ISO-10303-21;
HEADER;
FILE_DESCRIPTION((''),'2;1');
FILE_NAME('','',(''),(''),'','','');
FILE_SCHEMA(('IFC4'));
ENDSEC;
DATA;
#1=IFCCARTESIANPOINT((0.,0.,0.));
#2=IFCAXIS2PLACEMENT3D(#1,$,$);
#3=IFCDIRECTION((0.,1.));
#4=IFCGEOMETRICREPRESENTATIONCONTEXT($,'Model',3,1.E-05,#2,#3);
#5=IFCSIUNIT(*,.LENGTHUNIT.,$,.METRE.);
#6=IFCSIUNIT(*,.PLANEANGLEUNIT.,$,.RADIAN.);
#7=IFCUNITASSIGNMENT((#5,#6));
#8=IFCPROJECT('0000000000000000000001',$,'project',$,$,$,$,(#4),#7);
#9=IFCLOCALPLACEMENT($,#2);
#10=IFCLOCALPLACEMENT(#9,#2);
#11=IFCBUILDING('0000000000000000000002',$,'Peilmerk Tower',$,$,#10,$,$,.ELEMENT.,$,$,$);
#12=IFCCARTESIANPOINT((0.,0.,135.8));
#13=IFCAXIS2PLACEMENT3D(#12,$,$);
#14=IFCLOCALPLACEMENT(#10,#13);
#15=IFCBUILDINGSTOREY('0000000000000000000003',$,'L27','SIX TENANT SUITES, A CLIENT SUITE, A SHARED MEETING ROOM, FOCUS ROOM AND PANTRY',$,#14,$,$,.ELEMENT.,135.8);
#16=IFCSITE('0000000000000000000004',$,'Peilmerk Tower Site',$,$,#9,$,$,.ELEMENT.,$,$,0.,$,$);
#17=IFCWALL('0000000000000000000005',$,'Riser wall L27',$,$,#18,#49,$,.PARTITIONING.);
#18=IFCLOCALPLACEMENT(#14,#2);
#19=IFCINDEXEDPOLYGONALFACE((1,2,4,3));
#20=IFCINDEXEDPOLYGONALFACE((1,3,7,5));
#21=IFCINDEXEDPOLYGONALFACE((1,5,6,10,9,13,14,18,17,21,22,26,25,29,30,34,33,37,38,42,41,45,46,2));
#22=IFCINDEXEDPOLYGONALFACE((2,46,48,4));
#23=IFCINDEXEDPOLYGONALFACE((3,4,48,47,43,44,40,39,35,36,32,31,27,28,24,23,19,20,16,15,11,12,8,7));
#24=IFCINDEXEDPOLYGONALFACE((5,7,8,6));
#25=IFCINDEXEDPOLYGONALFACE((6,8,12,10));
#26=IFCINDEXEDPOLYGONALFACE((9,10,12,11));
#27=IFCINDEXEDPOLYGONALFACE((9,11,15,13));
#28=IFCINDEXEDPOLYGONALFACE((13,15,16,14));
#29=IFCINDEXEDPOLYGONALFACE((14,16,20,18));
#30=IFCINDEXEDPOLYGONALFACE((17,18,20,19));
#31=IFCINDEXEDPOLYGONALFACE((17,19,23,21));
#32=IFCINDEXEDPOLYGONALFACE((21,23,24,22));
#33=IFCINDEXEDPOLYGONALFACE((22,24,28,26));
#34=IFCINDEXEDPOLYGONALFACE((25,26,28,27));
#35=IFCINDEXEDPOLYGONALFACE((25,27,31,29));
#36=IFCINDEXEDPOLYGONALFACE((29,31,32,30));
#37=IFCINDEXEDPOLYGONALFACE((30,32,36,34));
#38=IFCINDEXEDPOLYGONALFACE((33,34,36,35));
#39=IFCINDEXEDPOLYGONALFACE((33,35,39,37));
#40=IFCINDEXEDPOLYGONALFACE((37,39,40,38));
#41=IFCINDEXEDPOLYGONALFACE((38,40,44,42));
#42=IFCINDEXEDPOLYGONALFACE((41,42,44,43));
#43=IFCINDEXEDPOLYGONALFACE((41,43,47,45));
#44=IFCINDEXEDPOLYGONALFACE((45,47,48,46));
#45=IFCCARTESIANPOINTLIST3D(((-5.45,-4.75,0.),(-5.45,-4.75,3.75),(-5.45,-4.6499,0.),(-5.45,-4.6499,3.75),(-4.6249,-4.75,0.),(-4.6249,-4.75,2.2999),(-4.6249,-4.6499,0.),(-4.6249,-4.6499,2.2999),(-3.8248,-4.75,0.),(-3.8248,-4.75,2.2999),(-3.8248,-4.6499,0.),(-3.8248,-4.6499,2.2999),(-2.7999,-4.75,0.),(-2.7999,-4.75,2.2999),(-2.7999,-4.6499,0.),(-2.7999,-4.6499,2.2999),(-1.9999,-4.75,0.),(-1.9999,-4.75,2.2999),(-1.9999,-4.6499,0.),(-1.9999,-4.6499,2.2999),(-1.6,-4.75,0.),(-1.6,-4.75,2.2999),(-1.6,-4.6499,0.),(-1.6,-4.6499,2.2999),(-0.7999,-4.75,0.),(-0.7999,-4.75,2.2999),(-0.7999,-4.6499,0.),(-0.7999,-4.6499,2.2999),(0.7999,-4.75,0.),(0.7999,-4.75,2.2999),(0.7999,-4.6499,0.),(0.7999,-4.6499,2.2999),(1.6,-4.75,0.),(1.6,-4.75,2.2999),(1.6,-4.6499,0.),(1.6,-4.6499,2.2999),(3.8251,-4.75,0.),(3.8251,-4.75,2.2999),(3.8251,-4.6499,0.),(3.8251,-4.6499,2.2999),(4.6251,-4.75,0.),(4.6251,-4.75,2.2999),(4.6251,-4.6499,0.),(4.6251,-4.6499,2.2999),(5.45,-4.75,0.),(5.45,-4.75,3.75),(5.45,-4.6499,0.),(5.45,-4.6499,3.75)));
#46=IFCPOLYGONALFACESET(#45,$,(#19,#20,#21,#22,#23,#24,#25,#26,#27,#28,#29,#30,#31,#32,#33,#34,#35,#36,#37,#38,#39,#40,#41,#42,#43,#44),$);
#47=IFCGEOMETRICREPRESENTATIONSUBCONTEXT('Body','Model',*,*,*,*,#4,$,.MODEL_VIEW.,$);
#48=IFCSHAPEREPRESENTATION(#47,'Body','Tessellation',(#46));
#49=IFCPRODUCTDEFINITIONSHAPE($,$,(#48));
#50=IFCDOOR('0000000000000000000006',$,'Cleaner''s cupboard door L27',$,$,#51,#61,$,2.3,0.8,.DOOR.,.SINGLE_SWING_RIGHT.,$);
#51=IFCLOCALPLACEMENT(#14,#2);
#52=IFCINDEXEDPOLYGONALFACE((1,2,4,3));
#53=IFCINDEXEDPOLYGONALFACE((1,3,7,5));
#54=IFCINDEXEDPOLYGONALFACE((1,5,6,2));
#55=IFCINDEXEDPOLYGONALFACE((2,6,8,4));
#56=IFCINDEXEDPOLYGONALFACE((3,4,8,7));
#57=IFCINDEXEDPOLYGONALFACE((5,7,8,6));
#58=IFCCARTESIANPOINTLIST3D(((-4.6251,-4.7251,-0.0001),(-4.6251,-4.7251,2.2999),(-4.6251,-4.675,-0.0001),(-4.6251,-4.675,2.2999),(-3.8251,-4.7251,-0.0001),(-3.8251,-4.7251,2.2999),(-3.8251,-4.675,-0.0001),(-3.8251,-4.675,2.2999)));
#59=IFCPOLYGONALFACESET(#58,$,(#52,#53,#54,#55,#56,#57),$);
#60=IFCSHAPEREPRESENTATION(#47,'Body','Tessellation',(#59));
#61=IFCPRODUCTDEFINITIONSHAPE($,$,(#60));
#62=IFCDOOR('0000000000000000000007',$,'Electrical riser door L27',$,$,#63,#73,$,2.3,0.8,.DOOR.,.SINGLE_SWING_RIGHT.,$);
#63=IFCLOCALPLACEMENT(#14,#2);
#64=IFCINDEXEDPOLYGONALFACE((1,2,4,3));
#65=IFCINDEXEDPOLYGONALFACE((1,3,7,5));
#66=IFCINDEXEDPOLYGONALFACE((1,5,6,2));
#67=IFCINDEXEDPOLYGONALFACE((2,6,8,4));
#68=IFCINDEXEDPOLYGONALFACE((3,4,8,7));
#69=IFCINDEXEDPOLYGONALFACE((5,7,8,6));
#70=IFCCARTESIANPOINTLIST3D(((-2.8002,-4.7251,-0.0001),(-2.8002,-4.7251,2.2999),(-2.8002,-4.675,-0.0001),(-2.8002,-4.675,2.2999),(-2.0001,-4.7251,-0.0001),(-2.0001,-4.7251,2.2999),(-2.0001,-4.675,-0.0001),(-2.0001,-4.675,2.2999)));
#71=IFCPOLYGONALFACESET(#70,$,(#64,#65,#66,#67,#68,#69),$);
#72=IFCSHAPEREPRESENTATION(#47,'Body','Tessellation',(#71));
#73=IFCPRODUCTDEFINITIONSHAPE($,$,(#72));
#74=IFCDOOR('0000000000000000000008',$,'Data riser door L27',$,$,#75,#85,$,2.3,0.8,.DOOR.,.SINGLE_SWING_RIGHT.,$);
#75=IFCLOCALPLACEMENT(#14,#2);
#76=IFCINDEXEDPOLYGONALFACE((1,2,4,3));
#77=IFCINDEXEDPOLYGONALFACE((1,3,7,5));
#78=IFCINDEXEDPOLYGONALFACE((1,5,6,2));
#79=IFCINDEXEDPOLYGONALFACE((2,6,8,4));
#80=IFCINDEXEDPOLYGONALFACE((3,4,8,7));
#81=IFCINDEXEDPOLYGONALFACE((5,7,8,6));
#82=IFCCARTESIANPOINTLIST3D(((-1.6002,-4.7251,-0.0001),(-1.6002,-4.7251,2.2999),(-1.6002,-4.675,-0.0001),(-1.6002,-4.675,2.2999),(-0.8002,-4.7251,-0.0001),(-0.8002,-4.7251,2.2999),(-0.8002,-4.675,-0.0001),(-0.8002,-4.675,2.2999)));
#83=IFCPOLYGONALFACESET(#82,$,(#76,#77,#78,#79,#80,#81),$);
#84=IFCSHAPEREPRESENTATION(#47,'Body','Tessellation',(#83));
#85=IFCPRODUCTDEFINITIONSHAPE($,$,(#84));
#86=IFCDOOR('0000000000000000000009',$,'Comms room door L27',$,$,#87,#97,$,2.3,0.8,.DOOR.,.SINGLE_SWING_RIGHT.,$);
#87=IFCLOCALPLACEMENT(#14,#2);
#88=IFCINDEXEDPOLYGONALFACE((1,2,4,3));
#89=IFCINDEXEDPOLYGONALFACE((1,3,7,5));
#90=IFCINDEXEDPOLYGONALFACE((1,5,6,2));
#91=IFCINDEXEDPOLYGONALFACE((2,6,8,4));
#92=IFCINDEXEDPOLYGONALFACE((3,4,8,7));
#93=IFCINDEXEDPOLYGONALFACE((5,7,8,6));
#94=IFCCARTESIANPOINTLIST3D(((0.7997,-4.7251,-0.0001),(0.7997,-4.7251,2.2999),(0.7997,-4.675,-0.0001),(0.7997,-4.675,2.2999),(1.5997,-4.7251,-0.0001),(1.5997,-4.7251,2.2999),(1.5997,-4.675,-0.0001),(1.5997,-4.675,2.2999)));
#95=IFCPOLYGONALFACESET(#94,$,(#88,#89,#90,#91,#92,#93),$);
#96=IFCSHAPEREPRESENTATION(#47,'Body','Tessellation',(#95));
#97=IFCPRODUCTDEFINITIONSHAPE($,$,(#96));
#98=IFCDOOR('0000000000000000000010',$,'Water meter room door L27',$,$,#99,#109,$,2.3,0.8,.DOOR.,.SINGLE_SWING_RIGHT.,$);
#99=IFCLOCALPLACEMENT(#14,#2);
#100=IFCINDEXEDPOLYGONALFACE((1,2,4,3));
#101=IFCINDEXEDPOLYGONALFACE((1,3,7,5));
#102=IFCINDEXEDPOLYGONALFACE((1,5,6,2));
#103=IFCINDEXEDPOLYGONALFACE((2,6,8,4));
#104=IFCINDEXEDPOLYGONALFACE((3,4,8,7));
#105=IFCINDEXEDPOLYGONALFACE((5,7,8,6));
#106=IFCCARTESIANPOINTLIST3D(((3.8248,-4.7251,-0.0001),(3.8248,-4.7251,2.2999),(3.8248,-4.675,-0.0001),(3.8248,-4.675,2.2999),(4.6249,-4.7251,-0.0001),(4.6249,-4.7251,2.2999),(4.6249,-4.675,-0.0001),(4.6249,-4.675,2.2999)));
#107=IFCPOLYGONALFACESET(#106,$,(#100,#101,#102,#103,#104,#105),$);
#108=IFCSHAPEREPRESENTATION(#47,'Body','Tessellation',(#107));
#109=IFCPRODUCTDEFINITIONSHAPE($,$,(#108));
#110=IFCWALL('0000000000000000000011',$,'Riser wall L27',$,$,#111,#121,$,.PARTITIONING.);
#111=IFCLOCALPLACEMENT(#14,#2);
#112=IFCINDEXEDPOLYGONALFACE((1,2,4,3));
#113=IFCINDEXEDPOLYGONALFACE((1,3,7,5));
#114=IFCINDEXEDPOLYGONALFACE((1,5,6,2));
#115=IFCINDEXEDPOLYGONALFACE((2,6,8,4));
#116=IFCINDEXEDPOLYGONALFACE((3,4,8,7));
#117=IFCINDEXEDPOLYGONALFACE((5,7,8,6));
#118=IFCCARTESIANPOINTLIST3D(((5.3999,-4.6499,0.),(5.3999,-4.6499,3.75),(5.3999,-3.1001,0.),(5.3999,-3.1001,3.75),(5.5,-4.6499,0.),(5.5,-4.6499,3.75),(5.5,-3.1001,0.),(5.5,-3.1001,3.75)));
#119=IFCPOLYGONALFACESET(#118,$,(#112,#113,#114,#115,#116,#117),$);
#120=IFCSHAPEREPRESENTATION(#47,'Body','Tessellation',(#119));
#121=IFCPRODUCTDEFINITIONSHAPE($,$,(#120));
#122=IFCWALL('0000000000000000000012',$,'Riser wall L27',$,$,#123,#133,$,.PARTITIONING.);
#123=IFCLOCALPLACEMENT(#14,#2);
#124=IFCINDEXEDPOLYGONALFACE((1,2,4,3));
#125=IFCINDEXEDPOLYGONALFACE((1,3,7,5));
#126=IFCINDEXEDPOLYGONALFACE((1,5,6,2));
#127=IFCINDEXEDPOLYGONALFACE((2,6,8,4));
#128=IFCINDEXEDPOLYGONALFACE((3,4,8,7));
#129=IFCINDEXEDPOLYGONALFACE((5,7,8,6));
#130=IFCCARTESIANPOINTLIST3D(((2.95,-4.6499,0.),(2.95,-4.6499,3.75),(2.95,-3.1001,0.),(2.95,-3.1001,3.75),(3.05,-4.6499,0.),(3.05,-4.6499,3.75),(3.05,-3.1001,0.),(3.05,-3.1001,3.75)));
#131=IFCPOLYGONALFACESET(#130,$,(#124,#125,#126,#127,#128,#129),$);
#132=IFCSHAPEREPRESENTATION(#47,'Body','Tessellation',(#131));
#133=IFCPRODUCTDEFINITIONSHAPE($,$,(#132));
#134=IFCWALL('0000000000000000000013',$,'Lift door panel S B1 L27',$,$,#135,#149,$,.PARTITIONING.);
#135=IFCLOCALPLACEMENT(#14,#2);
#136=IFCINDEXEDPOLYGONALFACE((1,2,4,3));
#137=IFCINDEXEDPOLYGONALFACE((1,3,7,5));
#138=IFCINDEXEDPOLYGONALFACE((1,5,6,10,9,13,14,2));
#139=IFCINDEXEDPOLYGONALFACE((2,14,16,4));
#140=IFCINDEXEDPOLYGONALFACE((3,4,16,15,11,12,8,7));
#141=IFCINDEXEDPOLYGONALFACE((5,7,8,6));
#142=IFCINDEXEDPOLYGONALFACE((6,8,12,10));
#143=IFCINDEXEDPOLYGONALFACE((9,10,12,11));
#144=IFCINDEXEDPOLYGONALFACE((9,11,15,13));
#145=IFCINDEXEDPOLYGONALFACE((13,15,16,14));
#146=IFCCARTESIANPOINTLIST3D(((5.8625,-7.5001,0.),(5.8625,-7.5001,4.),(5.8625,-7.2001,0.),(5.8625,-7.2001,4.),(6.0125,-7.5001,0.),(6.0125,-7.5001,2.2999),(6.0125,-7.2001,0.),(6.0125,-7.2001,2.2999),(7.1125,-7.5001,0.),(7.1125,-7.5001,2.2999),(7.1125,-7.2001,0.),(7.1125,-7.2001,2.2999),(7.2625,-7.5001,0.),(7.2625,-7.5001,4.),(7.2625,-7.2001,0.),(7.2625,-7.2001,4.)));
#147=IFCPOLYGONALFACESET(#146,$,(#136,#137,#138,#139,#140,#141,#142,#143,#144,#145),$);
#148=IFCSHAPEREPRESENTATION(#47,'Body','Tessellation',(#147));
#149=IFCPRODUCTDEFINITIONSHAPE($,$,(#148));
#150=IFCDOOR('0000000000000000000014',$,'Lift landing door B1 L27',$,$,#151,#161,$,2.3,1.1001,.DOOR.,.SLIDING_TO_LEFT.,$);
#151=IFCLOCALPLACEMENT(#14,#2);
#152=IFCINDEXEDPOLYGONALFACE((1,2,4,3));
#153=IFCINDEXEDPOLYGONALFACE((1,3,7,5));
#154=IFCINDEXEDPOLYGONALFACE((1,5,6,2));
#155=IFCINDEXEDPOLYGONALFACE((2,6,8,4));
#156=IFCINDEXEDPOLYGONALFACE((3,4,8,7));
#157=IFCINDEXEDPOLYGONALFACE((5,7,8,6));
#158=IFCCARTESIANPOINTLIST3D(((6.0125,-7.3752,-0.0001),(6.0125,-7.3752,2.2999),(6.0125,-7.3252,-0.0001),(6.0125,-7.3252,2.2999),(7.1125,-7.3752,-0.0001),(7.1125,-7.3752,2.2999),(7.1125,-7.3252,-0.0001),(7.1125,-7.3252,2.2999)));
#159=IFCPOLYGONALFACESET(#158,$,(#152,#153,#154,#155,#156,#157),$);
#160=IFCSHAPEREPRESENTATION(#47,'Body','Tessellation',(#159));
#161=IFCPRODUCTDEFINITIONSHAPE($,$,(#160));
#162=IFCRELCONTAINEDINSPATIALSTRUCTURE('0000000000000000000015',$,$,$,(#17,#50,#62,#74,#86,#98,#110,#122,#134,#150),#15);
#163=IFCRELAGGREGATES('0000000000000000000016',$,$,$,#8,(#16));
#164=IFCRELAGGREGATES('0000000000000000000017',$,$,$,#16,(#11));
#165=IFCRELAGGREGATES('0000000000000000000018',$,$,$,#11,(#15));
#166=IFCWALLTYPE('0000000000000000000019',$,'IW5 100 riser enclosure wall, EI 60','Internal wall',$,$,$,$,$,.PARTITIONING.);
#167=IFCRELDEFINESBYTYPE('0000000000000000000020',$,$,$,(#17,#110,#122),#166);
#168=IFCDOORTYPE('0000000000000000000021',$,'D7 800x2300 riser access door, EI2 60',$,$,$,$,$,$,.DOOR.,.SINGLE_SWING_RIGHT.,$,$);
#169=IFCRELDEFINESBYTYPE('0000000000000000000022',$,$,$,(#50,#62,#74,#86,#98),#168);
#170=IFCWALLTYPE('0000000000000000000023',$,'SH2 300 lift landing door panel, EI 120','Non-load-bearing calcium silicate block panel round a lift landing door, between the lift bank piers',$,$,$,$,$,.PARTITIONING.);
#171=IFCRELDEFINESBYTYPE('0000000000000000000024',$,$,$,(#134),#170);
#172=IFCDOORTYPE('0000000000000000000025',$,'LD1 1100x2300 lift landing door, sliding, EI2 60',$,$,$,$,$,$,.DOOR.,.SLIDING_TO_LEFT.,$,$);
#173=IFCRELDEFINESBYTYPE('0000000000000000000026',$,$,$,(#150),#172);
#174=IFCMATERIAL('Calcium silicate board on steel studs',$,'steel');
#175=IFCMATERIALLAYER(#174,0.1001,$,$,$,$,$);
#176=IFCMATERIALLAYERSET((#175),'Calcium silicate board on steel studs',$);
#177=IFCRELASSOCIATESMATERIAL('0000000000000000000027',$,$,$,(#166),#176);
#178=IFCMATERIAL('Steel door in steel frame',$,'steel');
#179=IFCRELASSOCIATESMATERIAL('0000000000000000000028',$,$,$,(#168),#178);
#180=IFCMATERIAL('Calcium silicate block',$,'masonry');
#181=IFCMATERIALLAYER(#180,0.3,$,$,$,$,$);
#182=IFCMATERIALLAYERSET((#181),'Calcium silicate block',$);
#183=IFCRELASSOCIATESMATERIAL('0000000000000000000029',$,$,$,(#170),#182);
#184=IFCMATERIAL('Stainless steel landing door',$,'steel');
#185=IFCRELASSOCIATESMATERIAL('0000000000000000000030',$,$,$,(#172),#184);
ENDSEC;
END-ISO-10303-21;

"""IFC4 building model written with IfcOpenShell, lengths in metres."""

from ifc_helpers import new_model, si_unit, direction, frame, frame_2d, origin, place, context, subcontext, project, spatial, rectangle, extrude, material, layer, layer_set, type_object, element, fill, save


model = new_model("IFC4")

# Units and contexts
model_context = context("Model", 3, precision=1e-05, world=origin(), true_north=direction((0.0, 1.0)))
body_context = subcontext(model_context, "Body", "Model", "MODEL_VIEW")
ifc_project = project(units=[si_unit("LENGTHUNIT", "METRE"), si_unit("PLANEANGLEUNIT", "RADIAN")], contexts=[model_context])

# Site, building, storey
site_placement = place(None, origin())
site = spatial("IfcSite", under=ifc_project, at=site_placement, Name="Peilmerk Tower Site", CompositionType="ELEMENT", RefElevation=0.0)
building_placement = place(site_placement, origin())
building = spatial("IfcBuilding", under=site, at=building_placement, Name="Peilmerk Tower", CompositionType="ELEMENT")
storey_placement = place(building_placement, frame((0.0, 0.0, 135.8)))
storey = spatial("IfcBuildingStorey", under=building, at=storey_placement, Name="L27", Description="SIX TENANT SUITES, A CLIENT SUITE, A SHARED MEETING ROOM, FOCUS ROOM AND PANTRY", CompositionType="ELEMENT", Elevation=135.8)

# Shared definitions
ifc_material_1 = material(Name="Steel door in steel frame", Category="steel")

# Shared definitions
ifc_material_2 = material(Name="Calcium silicate board on steel studs", Category="steel")
ifc_layer_1 = layer(ifc_material_2, 0.1001)
ifc_layer_set_1 = layer_set([ifc_layer_1], Name="Calcium silicate board on steel studs")
wall_type_1 = type_object("IfcWallType", Name="IW5 100 riser enclosure wall, EI 60", Description="Internal wall", PredefinedType="PARTITIONING", material=ifc_layer_set_1)

# Wall, openings, doors
wall_1_placement = place(storey_placement, frame((5.45, -4.7, 0.0), z_axis=(0.0, 0.0, 1.0), x_axis=(-1.0, 0.0, 0.0)))
wall_1 = element("IfcWall", 1, at=wall_1_placement, inside=storey, type_object=wall_type_1, Name="Riser wall L27", PredefinedType="PARTITIONING", context=body_context, shape_type="SweptSolid", body=[
    extrude(rectangle(XDim=10.8999, YDim=0.1001, at=frame_2d((5.45, 0.0))), origin(), (0.0, 0.0, 1.0), 3.75),
])
opening_1_placement = place(wall_1_placement, frame((9.2749, 0.0, 0.0)))
opening_1 = element("IfcOpeningElement", 2, at=opening_1_placement, cuts=wall_1, PredefinedType="OPENING", context=body_context, shape_type="SweptSolid", body=[
    extrude(rectangle(XDim=0.8, YDim=2.3, at=frame_2d((0.3999, 1.1499))), frame((0.0, 0.0601, 0.0), z_axis=(0.0, -1.0, 0.0), x_axis=(1.0, 0.0, 0.0)), (0.0, 0.0, 1.0), 0.1201),
])
opening_2_placement = place(wall_1_placement, frame((7.45, 0.0, 0.0)))
opening_2 = element("IfcOpeningElement", 3, at=opening_2_placement, cuts=wall_1, PredefinedType="OPENING", context=body_context, shape_type="SweptSolid", body=[
    extrude(rectangle(XDim=0.8, YDim=2.3, at=frame_2d((0.3999, 1.1499))), frame((0.0, 0.0601, 0.0), z_axis=(0.0, -1.0, 0.0), x_axis=(1.0, 0.0, 0.0)), (0.0, 0.0, 1.0), 0.1201),
])
opening_3_placement = place(wall_1_placement, frame((6.25, 0.0, 0.0)))
opening_3 = element("IfcOpeningElement", 4, at=opening_3_placement, cuts=wall_1, PredefinedType="OPENING", context=body_context, shape_type="SweptSolid", body=[
    extrude(rectangle(XDim=0.8, YDim=2.3, at=frame_2d((0.3999, 1.1499))), frame((0.0, 0.0601, 0.0), z_axis=(0.0, -1.0, 0.0), x_axis=(1.0, 0.0, 0.0)), (0.0, 0.0, 1.0), 0.1201),
])
opening_4_placement = place(wall_1_placement, frame((3.8501, 0.0, 0.0)))
opening_4 = element("IfcOpeningElement", 5, at=opening_4_placement, cuts=wall_1, PredefinedType="OPENING", context=body_context, shape_type="SweptSolid", body=[
    extrude(rectangle(XDim=0.8, YDim=2.3, at=frame_2d((0.3999, 1.1499))), frame((0.0, 0.0601, 0.0), z_axis=(0.0, -1.0, 0.0), x_axis=(1.0, 0.0, 0.0)), (0.0, 0.0, 1.0), 0.1201),
])
opening_5_placement = place(wall_1_placement, frame((0.825, 0.0, 0.0)))
opening_5 = element("IfcOpeningElement", 6, at=opening_5_placement, cuts=wall_1, PredefinedType="OPENING", context=body_context, shape_type="SweptSolid", body=[
    extrude(rectangle(XDim=0.8, YDim=2.3, at=frame_2d((0.3999, 1.1499))), frame((0.0, 0.0601, 0.0), z_axis=(0.0, -1.0, 0.0), x_axis=(1.0, 0.0, 0.0)), (0.0, 0.0, 1.0), 0.1201),
])
door_type_1 = type_object("IfcDoorType", Name="D7 800x2300 riser access door, EI2 60", OperationType="SINGLE_SWING_RIGHT", PredefinedType="DOOR", material=ifc_material_1)
door_1_placement = place(opening_1_placement, frame((0.8, 0.0, 0.0), z_axis=(0.0, 0.0, 1.0), x_axis=(-1.0, 0.0, 0.0)))
door_1 = element("IfcDoor", 7, at=door_1_placement, inside=storey, type_object=door_type_1, Name="Cleaner's cupboard door L27", OperationType="SINGLE_SWING_RIGHT", OverallHeight=2.3, OverallWidth=0.8, PredefinedType="DOOR", context=body_context, shape_type="SweptSolid", body=[
    extrude(rectangle(XDim=0.8, YDim=2.3, at=frame_2d((0.3999, 1.1499))), frame((0.0, 0.0249, 0.0), z_axis=(0.0, -1.0, 0.0), x_axis=(1.0, 0.0, 0.0)), (0.0, 0.0, 1.0), 0.05),
])
fill(opening_1, door_1)
door_2_placement = place(opening_2_placement, frame((0.8, 0.0, 0.0), z_axis=(0.0, 0.0, 1.0), x_axis=(-1.0, 0.0, 0.0)))
door_2 = element("IfcDoor", 8, at=door_2_placement, inside=storey, type_object=door_type_1, Name="Electrical riser door L27", OperationType="SINGLE_SWING_RIGHT", OverallHeight=2.3, OverallWidth=0.8, PredefinedType="DOOR", context=body_context, shape_type="SweptSolid", body=[
    extrude(rectangle(XDim=0.8, YDim=2.3, at=frame_2d((0.3999, 1.1499))), frame((0.0, 0.0249, 0.0), z_axis=(0.0, -1.0, 0.0), x_axis=(1.0, 0.0, 0.0)), (0.0, 0.0, 1.0), 0.05),
])
fill(opening_2, door_2)
door_3_placement = place(opening_3_placement, frame((0.8, 0.0, 0.0), z_axis=(0.0, 0.0, 1.0), x_axis=(-1.0, 0.0, 0.0)))
door_3 = element("IfcDoor", 9, at=door_3_placement, inside=storey, type_object=door_type_1, Name="Data riser door L27", OperationType="SINGLE_SWING_RIGHT", OverallHeight=2.3, OverallWidth=0.8, PredefinedType="DOOR", context=body_context, shape_type="SweptSolid", body=[
    extrude(rectangle(XDim=0.8, YDim=2.3, at=frame_2d((0.3999, 1.1499))), frame((0.0, 0.0249, 0.0), z_axis=(0.0, -1.0, 0.0), x_axis=(1.0, 0.0, 0.0)), (0.0, 0.0, 1.0), 0.05),
])
fill(opening_3, door_3)
door_4_placement = place(opening_4_placement, frame((0.8, 0.0, 0.0), z_axis=(0.0, 0.0, 1.0), x_axis=(-1.0, 0.0, 0.0)))
door_4 = element("IfcDoor", 10, at=door_4_placement, inside=storey, type_object=door_type_1, Name="Comms room door L27", OperationType="SINGLE_SWING_RIGHT", OverallHeight=2.3, OverallWidth=0.8, PredefinedType="DOOR", context=body_context, shape_type="SweptSolid", body=[
    extrude(rectangle(XDim=0.8, YDim=2.3, at=frame_2d((0.3999, 1.1499))), frame((0.0, 0.0249, 0.0), z_axis=(0.0, -1.0, 0.0), x_axis=(1.0, 0.0, 0.0)), (0.0, 0.0, 1.0), 0.05),
])
fill(opening_4, door_4)
door_5_placement = place(opening_5_placement, frame((0.8, 0.0, 0.0), z_axis=(0.0, 0.0, 1.0), x_axis=(-1.0, 0.0, 0.0)))
door_5 = element("IfcDoor", 11, at=door_5_placement, inside=storey, type_object=door_type_1, Name="Water meter room door L27", OperationType="SINGLE_SWING_RIGHT", OverallHeight=2.3, OverallWidth=0.8, PredefinedType="DOOR", context=body_context, shape_type="SweptSolid", body=[
    extrude(rectangle(XDim=0.8, YDim=2.3, at=frame_2d((0.3999, 1.1499))), frame((0.0, 0.0249, 0.0), z_axis=(0.0, -1.0, 0.0), x_axis=(1.0, 0.0, 0.0)), (0.0, 0.0, 1.0), 0.05),
])
fill(opening_5, door_5)

# Walls
for number, where, z_axis, x_axis, name in (
    (12, (5.45, -3.1001, 0.0), (0.0, 0.0, 1.0), (0.0, -1.0, 0.0), "Riser wall L27"),
    (13, (3.0, -3.1001, 0.0), (0.0, 0.0, 1.0), (0.0, -1.0, 0.0), "Riser wall L27"),
):
    element("IfcWall", number, at=place(storey_placement, frame(where, z_axis=z_axis, x_axis=x_axis)), inside=storey, type_object=wall_type_1, Name=name, PredefinedType="PARTITIONING", context=body_context, shape_type="SweptSolid", body=[
        extrude(rectangle(XDim=1.5498, YDim=0.1001, at=frame_2d((0.7749, 0.0))), origin(), (0.0, 0.0, 1.0), 3.75),
    ])

# Wall, opening, door
ifc_material_3 = material(Name="Calcium silicate block", Category="masonry")
ifc_layer_2 = layer(ifc_material_3, 0.3)
ifc_layer_set_2 = layer_set([ifc_layer_2], Name="Calcium silicate block")
wall_type_2 = type_object("IfcWallType", Name="SH2 300 lift landing door panel, EI 120", Description="Non-load-bearing calcium silicate block panel round a lift landing door, between the lift bank piers", PredefinedType="PARTITIONING", material=ifc_layer_set_2)
wall_2_placement = place(storey_placement, frame((5.8625, -7.3501, 0.0), z_axis=(0.0, 0.0, 1.0), x_axis=(1.0, 0.0, 0.0)))
wall_2 = element("IfcWall", 14, at=wall_2_placement, inside=storey, type_object=wall_type_2, Name="Lift door panel S B1 L27", PredefinedType="PARTITIONING", context=body_context, shape_type="SweptSolid", body=[
    extrude(rectangle(XDim=1.3999, YDim=0.3, at=frame_2d((0.7, 0.0))), origin(), (0.0, 0.0, 1.0), 4.0),
])
opening_6_placement = place(wall_2_placement, frame((0.1499, 0.0, 0.0)))
opening_6 = element("IfcOpeningElement", 15, at=opening_6_placement, cuts=wall_2, PredefinedType="OPENING", context=body_context, shape_type="SweptSolid", body=[
    extrude(rectangle(XDim=1.1001, YDim=2.3, at=frame_2d((0.55, 1.1499))), frame((0.0, 0.1599, 0.0), z_axis=(0.0, -1.0, 0.0), x_axis=(1.0, 0.0, 0.0)), (0.0, 0.0, 1.0), 0.3201),
])
ifc_material_4 = material(Name="Stainless steel landing door", Category="steel")
door_type_2 = type_object("IfcDoorType", Name="LD1 1100x2300 lift landing door, sliding, EI2 60", OperationType="SLIDING_TO_LEFT", PredefinedType="DOOR", material=ifc_material_4)
door_6_placement = place(opening_6_placement, origin())
door_6 = element("IfcDoor", 16, at=door_6_placement, inside=storey, type_object=door_type_2, Name="Lift landing door B1 L27", OperationType="SLIDING_TO_LEFT", OverallHeight=2.3, OverallWidth=1.1001, PredefinedType="DOOR", context=body_context, shape_type="SweptSolid", body=[
    extrude(rectangle(XDim=1.1001, YDim=2.3, at=frame_2d((0.55, 1.1499))), frame((0.0, 0.0249, 0.0), z_axis=(0.0, -1.0, 0.0), x_axis=(1.0, 0.0, 0.0)), (0.0, 0.0, 1.0), 0.05),
])
fill(opening_6, door_6)

save(model, "model.ifc")
